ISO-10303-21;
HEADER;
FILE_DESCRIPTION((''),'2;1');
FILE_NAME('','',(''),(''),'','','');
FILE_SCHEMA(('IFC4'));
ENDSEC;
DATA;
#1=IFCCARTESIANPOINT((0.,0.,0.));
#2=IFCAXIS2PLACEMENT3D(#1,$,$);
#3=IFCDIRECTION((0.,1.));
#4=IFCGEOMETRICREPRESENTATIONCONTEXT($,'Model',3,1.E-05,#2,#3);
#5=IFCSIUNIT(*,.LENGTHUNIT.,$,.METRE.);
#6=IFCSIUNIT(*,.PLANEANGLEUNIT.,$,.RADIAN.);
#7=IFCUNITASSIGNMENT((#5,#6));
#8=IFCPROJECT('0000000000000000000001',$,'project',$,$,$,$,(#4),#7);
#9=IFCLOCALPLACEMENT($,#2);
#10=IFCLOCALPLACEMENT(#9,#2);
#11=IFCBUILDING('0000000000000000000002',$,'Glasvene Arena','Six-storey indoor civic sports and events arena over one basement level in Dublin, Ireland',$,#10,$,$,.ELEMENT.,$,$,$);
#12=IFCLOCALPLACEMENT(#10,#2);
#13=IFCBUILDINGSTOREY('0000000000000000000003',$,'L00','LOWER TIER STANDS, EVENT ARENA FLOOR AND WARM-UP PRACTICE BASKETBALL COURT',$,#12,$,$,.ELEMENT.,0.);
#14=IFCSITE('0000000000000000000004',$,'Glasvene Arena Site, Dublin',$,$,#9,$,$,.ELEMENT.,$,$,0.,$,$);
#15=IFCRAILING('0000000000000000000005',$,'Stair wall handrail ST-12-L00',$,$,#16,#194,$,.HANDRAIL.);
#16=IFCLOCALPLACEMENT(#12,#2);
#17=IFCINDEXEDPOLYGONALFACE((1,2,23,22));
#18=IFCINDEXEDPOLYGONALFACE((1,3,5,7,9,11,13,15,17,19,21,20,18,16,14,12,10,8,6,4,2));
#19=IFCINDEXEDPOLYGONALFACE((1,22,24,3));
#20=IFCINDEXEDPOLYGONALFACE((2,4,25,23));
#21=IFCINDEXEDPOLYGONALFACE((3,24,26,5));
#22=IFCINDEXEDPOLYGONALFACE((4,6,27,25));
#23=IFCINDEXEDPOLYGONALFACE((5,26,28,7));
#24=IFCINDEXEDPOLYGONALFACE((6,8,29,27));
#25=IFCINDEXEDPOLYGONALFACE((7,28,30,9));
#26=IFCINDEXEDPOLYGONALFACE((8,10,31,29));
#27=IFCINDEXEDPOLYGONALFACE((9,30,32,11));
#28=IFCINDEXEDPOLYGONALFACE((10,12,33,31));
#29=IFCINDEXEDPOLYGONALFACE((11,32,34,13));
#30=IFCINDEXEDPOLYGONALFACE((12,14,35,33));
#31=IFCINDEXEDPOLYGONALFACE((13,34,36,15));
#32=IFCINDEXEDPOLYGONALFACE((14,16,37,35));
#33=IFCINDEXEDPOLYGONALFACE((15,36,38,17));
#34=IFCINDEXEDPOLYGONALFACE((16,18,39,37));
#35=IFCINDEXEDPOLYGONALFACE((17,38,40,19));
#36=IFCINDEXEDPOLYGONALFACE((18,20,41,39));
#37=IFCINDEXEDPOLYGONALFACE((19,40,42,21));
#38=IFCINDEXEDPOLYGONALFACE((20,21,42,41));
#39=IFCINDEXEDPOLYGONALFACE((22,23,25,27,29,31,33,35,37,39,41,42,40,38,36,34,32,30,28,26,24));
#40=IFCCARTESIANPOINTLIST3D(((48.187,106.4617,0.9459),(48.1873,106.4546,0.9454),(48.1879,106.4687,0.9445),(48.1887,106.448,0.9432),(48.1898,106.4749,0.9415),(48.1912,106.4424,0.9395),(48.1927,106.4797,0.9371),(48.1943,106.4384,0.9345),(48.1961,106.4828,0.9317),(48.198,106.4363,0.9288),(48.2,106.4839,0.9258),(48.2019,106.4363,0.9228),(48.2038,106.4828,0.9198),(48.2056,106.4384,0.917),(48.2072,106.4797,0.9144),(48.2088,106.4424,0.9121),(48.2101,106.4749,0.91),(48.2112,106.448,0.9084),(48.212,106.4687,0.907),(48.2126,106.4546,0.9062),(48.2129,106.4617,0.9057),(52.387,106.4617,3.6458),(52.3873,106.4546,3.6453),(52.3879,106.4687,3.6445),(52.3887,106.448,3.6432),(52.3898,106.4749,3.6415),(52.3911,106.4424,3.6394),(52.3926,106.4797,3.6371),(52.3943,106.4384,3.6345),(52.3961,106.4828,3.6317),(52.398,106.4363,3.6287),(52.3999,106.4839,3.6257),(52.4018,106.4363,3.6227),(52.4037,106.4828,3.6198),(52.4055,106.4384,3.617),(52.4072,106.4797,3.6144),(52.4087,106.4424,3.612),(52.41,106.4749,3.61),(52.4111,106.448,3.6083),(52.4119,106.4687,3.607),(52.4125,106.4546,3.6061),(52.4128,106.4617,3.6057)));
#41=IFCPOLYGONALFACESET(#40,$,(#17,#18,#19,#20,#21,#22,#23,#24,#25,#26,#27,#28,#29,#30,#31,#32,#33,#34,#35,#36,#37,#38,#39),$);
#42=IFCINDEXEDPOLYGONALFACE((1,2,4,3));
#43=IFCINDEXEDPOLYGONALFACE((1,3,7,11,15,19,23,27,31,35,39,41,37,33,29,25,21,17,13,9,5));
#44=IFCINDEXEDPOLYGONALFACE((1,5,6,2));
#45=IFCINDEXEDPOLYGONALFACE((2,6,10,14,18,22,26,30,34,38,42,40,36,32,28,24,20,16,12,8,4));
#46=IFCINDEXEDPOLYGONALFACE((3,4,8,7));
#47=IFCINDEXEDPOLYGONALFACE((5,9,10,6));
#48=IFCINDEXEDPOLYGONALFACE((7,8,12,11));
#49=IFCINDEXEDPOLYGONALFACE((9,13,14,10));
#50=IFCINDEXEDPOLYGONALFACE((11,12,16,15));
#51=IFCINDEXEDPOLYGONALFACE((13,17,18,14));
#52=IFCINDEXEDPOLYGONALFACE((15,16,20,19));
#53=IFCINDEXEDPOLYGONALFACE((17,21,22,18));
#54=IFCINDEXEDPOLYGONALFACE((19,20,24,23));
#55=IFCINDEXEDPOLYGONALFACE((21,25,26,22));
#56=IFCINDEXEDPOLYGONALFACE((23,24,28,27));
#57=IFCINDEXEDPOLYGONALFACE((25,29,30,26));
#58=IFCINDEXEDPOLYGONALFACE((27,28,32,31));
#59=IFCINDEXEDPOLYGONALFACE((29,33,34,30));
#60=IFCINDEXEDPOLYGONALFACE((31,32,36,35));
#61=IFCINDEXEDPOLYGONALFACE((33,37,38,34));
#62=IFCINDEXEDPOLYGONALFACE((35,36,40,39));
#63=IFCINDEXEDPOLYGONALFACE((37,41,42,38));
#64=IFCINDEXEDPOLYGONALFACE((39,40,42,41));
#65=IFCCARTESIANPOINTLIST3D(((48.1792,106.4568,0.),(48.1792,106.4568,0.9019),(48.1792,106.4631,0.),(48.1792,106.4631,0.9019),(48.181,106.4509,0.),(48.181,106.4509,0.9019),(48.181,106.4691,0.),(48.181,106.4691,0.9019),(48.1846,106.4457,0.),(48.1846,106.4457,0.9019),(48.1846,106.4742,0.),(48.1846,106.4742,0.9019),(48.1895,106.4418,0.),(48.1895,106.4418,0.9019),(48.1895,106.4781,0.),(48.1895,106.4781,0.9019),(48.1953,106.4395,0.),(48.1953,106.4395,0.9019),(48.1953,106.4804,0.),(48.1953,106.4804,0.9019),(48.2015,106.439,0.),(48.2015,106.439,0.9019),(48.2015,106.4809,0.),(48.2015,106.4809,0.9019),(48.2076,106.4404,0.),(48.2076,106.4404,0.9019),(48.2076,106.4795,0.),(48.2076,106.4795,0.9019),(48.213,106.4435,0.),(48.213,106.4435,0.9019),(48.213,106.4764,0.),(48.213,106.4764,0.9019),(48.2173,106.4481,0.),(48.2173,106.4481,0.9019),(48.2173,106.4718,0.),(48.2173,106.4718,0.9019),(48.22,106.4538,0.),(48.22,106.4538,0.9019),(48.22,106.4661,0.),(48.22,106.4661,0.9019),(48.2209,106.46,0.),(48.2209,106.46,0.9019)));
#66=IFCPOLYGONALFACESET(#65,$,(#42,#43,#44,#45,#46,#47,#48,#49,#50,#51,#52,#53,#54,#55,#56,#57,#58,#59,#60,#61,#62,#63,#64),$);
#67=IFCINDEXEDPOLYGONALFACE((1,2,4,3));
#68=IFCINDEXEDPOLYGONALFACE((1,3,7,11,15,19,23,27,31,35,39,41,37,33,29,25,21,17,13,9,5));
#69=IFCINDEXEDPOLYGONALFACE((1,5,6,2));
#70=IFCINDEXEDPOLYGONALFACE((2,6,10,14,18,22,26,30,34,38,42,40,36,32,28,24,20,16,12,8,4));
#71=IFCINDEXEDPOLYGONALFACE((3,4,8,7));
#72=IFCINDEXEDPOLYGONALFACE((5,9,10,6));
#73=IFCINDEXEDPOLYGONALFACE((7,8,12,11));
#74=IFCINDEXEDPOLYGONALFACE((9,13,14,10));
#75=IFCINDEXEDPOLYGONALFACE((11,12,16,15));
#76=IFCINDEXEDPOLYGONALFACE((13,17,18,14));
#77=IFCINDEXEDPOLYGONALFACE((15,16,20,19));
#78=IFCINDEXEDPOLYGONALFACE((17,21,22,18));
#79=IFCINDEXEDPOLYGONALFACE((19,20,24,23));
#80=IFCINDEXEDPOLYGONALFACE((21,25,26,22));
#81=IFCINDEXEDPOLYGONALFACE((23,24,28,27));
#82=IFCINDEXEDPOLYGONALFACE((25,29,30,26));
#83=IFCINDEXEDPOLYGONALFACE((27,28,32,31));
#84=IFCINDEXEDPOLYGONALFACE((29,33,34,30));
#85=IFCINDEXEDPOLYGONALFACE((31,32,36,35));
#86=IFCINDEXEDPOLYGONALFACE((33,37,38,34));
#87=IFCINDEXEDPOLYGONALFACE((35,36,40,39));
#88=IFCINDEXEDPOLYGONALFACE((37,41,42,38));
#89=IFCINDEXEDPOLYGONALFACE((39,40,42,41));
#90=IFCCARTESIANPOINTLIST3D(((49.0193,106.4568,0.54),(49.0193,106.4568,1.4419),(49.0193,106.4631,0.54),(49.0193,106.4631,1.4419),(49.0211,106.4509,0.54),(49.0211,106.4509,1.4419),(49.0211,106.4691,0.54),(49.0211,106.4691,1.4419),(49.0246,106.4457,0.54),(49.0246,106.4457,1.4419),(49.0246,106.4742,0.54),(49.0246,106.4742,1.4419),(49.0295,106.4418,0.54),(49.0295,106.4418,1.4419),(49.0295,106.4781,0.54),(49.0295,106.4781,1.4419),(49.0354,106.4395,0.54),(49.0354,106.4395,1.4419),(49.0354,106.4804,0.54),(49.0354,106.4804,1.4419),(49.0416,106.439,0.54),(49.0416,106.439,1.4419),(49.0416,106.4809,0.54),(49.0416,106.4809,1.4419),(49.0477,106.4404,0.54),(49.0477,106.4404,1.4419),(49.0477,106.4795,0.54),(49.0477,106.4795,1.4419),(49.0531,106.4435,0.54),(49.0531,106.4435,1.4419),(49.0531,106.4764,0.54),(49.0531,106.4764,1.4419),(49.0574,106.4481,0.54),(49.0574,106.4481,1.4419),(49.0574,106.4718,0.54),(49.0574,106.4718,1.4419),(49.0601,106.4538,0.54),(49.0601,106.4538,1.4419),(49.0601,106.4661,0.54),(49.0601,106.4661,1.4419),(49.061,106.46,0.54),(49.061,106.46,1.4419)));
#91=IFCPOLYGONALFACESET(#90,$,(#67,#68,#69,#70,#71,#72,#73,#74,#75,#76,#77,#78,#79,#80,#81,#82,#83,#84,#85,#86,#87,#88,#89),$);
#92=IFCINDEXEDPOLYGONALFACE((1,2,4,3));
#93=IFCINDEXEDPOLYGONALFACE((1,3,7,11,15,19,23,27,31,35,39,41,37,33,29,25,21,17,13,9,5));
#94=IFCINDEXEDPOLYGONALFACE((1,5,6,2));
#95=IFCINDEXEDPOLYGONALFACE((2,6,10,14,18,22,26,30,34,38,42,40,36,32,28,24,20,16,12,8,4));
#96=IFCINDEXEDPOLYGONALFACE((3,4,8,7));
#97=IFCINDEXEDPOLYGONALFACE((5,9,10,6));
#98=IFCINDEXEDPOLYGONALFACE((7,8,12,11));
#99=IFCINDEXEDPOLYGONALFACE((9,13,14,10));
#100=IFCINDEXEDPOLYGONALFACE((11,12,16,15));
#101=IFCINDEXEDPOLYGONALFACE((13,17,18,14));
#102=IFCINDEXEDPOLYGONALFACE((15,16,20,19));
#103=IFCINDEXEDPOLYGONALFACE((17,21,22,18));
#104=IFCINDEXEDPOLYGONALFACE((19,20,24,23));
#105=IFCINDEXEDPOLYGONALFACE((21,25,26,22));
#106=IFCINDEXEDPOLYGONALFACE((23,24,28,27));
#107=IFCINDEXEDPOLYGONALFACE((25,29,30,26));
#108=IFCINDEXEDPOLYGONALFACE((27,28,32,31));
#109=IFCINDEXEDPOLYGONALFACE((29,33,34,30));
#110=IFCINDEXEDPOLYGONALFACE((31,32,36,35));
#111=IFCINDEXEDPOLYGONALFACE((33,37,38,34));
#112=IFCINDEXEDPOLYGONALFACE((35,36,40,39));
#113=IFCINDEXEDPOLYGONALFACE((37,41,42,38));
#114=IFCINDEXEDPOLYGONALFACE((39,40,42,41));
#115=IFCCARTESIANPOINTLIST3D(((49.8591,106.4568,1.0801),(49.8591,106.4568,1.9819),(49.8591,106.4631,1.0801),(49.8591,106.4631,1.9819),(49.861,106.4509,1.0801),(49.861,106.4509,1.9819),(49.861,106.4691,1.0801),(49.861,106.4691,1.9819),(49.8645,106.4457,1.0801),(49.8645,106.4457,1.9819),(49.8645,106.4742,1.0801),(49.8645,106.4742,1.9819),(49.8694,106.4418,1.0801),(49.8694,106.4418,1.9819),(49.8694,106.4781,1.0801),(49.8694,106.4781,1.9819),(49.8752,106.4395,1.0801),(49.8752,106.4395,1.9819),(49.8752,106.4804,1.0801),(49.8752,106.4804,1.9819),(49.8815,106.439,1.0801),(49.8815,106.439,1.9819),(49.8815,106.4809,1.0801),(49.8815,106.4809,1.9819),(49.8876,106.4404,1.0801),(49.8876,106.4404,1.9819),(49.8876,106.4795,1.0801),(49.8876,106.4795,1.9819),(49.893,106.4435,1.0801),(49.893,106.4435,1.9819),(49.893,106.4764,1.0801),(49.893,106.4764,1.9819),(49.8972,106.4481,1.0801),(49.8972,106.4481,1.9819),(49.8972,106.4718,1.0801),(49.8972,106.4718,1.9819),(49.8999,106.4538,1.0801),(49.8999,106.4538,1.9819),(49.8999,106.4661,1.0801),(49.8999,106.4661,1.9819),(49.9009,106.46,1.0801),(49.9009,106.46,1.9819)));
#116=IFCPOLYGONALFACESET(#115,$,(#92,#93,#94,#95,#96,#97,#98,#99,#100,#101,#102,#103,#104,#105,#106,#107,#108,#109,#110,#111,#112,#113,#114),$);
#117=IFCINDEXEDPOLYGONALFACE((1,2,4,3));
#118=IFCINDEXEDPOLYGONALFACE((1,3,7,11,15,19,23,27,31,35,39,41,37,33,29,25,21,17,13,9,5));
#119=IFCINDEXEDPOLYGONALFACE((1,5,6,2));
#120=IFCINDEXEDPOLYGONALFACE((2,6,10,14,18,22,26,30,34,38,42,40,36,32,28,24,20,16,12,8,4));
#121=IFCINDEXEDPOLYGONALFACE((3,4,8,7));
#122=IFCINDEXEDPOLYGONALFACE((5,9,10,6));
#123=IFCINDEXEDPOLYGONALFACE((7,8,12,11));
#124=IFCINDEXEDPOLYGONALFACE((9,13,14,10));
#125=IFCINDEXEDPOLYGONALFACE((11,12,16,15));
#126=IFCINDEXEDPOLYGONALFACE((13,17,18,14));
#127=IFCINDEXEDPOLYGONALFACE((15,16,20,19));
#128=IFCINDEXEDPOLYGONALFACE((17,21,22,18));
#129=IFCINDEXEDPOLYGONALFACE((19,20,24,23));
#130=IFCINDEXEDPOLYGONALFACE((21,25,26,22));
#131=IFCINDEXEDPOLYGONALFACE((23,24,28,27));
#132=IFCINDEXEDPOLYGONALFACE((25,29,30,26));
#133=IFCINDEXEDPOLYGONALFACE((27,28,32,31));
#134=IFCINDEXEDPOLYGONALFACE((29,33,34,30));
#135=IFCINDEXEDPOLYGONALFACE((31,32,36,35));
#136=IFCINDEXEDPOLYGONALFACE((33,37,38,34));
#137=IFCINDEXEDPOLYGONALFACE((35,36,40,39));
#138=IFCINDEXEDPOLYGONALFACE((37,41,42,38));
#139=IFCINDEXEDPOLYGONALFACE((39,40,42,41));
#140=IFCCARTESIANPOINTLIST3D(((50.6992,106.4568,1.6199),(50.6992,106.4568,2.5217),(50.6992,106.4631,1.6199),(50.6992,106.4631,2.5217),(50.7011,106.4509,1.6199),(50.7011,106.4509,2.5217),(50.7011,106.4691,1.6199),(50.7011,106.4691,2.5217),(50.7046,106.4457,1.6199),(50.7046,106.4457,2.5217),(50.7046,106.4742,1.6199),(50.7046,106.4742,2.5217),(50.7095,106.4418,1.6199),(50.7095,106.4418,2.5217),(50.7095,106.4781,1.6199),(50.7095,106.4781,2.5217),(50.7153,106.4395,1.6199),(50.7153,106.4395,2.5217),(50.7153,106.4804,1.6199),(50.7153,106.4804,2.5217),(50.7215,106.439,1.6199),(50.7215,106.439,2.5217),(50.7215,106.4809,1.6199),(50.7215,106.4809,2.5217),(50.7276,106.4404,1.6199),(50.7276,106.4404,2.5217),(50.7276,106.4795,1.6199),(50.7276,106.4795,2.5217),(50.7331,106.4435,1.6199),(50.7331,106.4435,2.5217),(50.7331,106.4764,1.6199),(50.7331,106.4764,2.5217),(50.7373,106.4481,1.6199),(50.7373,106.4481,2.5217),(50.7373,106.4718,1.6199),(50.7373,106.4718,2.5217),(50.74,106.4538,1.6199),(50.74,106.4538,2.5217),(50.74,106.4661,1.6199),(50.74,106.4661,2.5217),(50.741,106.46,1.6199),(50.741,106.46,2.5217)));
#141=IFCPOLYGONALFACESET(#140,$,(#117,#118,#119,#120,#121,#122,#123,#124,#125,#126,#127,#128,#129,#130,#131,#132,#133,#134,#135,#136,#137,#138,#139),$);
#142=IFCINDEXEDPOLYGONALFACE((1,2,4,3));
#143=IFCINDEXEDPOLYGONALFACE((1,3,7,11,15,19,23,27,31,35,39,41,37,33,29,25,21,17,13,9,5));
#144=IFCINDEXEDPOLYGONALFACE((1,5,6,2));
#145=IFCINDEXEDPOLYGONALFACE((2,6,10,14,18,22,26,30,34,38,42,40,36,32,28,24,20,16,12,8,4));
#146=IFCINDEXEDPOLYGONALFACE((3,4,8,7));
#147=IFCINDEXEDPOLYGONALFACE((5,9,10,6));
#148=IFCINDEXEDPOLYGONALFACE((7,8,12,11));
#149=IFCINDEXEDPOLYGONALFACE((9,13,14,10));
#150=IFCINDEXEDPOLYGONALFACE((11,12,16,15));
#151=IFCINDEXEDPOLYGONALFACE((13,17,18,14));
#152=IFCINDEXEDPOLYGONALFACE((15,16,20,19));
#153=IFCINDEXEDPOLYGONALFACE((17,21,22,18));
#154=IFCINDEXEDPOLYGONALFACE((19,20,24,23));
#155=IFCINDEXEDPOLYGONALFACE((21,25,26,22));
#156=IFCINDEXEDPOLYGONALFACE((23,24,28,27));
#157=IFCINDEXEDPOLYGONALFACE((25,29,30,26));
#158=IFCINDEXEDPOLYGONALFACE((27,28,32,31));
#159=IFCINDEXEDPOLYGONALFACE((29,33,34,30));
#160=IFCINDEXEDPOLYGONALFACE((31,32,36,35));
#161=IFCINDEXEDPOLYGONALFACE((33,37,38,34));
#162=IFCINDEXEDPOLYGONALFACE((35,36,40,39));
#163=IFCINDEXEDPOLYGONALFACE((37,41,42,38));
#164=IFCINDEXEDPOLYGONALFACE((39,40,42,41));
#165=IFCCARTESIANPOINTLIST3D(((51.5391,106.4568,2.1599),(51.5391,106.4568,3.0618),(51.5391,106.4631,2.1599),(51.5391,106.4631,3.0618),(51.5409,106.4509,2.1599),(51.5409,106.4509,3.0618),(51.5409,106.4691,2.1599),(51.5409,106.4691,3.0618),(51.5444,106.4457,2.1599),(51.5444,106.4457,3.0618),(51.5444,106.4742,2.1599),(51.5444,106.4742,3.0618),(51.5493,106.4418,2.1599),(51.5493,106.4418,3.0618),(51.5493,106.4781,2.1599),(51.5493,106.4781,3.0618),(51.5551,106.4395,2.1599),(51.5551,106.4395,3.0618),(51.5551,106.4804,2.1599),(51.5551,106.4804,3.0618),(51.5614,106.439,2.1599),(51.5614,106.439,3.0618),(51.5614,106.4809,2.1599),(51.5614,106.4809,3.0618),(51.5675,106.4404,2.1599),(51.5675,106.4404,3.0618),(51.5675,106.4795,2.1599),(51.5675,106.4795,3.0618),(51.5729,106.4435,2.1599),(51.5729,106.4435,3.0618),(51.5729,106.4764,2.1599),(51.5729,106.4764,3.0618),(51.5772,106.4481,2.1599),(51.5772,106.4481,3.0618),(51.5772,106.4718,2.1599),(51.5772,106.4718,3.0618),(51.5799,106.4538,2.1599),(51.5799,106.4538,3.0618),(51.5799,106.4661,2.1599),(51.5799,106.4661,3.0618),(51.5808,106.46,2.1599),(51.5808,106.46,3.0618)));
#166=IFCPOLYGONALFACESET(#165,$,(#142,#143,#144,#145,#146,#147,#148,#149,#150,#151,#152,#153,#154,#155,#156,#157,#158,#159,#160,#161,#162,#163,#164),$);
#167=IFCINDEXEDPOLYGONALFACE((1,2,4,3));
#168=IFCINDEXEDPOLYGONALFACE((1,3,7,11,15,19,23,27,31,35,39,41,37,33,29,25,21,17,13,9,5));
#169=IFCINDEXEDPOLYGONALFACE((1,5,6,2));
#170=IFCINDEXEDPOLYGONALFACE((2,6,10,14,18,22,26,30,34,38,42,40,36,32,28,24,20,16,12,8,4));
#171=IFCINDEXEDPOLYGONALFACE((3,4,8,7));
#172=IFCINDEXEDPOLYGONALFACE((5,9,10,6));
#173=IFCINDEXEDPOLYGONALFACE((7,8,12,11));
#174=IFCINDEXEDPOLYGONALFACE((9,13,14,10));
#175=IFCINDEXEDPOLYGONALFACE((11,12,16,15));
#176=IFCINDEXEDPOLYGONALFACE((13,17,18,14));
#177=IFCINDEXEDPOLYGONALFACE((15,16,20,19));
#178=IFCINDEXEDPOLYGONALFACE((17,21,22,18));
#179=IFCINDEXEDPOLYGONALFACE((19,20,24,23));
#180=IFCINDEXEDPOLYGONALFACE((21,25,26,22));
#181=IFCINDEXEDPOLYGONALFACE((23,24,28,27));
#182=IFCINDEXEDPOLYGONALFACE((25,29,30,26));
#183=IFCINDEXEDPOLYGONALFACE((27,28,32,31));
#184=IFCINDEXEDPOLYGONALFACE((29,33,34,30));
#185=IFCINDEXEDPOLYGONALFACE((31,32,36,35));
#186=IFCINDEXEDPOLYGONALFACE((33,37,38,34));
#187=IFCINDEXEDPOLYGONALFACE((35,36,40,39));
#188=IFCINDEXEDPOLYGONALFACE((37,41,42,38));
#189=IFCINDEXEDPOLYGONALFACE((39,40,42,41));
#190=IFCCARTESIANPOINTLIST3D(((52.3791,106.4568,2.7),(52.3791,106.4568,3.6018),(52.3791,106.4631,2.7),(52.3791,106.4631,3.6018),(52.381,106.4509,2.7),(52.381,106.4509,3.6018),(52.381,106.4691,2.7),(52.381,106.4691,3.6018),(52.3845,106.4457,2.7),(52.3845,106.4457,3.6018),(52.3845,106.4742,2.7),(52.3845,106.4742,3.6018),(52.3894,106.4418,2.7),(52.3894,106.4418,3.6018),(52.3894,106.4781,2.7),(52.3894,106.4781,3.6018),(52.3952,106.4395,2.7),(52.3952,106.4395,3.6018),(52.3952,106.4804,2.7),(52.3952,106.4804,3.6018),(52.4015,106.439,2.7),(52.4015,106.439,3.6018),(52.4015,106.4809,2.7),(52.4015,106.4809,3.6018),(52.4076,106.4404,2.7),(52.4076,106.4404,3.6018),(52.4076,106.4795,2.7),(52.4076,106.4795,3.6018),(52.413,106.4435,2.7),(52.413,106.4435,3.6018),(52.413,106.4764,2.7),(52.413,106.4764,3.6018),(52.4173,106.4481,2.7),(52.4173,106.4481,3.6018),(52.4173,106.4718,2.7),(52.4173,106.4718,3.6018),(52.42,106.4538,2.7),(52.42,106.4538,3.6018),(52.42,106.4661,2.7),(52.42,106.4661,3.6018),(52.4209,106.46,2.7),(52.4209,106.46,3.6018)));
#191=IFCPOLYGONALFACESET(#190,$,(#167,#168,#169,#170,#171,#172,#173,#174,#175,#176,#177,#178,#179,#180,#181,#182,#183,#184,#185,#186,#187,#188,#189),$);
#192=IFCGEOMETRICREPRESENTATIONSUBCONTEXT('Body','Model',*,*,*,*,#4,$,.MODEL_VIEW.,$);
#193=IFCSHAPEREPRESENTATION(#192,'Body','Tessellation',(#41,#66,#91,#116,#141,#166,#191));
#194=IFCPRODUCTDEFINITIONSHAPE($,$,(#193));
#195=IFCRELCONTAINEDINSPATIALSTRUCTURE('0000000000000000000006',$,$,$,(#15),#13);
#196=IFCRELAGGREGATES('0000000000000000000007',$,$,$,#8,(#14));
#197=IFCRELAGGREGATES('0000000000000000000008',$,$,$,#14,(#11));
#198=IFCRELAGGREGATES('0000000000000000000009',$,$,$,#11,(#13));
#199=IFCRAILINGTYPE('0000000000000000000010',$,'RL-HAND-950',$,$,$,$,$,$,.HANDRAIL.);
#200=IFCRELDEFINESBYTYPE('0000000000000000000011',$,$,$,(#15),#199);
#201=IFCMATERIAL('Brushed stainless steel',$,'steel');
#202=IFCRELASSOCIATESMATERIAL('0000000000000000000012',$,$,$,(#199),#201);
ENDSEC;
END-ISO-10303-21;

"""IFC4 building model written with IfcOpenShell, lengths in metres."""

from ifc_helpers import new_model, si_unit, direction, frame, origin, origin_2d, place, context, subcontext, project, spatial, circle, extrude, material, type_object, element, save


model = new_model("IFC4")

# Units and contexts
model_context = context("Model", 3, precision=1e-05, world=origin(), true_north=direction((0.0, 1.0)))
body_context = subcontext(model_context, "Body", "Model", "MODEL_VIEW")
ifc_project = project(units=[si_unit("LENGTHUNIT", "METRE"), si_unit("PLANEANGLEUNIT", "RADIAN")], contexts=[model_context])

# Site, building, storey
site_placement = place(None, origin())
site = spatial("IfcSite", under=ifc_project, at=site_placement, Name="Glasvene Arena Site, Dublin", CompositionType="ELEMENT", RefElevation=0.0)
building_placement = place(site_placement, origin())
building = spatial("IfcBuilding", under=site, at=building_placement, Name="Glasvene Arena", Description="Six-storey indoor civic sports and events arena over one basement level in Dublin, Ireland", CompositionType="ELEMENT")
storey_placement = place(building_placement, origin())
storey = spatial("IfcBuildingStorey", under=building, at=storey_placement, Name="L00", Description="LOWER TIER STANDS, EVENT ARENA FLOOR AND WARM-UP PRACTICE BASKETBALL COURT", CompositionType="ELEMENT", Elevation=0.0)

# Railing
ifc_material_1 = material(Name="Brushed stainless steel", Category="steel")
railing_type = type_object("IfcRailingType", Name="RL-HAND-950", PredefinedType="HANDRAIL", material=ifc_material_1)
railing_placement = place(storey_placement, frame((48.2, 106.46, 0.0)))
element("IfcRailing", 1, at=railing_placement, inside=storey, type_object=railing_type, Name="Stair wall handrail ST-12-L00", PredefinedType="HANDRAIL", context=body_context, shape_type="SweptSolid", body=[
    extrude(circle(Radius=0.0239, at=origin_2d()), frame((0.0, 0.0, 0.9258), z_axis=(0.84118, 0.0, 0.540755), x_axis=(0.0, 1.0, 0.0)), (0.0, 0.0, 1.0), 4.9929),
    extrude(circle(Radius=0.021, at=origin_2d()), origin(), (0.0, 0.0, 1.0), 0.9019),
    extrude(circle(Radius=0.021, at=origin_2d()), frame((0.8401, 0.0, 0.54)), (0.0, 0.0, 1.0), 0.9019),
    extrude(circle(Radius=0.021, at=origin_2d()), frame((1.6799, 0.0, 1.0801)), (0.0, 0.0, 1.0), 0.9019),
    extrude(circle(Radius=0.021, at=origin_2d()), frame((2.52, 0.0, 1.6199)), (0.0, 0.0, 1.0), 0.9019),
    extrude(circle(Radius=0.021, at=origin_2d()), frame((3.3599, 0.0, 2.1599)), (0.0, 0.0, 1.0), 0.9019),
    extrude(circle(Radius=0.021, at=origin_2d()), frame((4.2, 0.0, 2.7)), (0.0, 0.0, 1.0), 0.9019),
])

save(model, "model.ifc")
